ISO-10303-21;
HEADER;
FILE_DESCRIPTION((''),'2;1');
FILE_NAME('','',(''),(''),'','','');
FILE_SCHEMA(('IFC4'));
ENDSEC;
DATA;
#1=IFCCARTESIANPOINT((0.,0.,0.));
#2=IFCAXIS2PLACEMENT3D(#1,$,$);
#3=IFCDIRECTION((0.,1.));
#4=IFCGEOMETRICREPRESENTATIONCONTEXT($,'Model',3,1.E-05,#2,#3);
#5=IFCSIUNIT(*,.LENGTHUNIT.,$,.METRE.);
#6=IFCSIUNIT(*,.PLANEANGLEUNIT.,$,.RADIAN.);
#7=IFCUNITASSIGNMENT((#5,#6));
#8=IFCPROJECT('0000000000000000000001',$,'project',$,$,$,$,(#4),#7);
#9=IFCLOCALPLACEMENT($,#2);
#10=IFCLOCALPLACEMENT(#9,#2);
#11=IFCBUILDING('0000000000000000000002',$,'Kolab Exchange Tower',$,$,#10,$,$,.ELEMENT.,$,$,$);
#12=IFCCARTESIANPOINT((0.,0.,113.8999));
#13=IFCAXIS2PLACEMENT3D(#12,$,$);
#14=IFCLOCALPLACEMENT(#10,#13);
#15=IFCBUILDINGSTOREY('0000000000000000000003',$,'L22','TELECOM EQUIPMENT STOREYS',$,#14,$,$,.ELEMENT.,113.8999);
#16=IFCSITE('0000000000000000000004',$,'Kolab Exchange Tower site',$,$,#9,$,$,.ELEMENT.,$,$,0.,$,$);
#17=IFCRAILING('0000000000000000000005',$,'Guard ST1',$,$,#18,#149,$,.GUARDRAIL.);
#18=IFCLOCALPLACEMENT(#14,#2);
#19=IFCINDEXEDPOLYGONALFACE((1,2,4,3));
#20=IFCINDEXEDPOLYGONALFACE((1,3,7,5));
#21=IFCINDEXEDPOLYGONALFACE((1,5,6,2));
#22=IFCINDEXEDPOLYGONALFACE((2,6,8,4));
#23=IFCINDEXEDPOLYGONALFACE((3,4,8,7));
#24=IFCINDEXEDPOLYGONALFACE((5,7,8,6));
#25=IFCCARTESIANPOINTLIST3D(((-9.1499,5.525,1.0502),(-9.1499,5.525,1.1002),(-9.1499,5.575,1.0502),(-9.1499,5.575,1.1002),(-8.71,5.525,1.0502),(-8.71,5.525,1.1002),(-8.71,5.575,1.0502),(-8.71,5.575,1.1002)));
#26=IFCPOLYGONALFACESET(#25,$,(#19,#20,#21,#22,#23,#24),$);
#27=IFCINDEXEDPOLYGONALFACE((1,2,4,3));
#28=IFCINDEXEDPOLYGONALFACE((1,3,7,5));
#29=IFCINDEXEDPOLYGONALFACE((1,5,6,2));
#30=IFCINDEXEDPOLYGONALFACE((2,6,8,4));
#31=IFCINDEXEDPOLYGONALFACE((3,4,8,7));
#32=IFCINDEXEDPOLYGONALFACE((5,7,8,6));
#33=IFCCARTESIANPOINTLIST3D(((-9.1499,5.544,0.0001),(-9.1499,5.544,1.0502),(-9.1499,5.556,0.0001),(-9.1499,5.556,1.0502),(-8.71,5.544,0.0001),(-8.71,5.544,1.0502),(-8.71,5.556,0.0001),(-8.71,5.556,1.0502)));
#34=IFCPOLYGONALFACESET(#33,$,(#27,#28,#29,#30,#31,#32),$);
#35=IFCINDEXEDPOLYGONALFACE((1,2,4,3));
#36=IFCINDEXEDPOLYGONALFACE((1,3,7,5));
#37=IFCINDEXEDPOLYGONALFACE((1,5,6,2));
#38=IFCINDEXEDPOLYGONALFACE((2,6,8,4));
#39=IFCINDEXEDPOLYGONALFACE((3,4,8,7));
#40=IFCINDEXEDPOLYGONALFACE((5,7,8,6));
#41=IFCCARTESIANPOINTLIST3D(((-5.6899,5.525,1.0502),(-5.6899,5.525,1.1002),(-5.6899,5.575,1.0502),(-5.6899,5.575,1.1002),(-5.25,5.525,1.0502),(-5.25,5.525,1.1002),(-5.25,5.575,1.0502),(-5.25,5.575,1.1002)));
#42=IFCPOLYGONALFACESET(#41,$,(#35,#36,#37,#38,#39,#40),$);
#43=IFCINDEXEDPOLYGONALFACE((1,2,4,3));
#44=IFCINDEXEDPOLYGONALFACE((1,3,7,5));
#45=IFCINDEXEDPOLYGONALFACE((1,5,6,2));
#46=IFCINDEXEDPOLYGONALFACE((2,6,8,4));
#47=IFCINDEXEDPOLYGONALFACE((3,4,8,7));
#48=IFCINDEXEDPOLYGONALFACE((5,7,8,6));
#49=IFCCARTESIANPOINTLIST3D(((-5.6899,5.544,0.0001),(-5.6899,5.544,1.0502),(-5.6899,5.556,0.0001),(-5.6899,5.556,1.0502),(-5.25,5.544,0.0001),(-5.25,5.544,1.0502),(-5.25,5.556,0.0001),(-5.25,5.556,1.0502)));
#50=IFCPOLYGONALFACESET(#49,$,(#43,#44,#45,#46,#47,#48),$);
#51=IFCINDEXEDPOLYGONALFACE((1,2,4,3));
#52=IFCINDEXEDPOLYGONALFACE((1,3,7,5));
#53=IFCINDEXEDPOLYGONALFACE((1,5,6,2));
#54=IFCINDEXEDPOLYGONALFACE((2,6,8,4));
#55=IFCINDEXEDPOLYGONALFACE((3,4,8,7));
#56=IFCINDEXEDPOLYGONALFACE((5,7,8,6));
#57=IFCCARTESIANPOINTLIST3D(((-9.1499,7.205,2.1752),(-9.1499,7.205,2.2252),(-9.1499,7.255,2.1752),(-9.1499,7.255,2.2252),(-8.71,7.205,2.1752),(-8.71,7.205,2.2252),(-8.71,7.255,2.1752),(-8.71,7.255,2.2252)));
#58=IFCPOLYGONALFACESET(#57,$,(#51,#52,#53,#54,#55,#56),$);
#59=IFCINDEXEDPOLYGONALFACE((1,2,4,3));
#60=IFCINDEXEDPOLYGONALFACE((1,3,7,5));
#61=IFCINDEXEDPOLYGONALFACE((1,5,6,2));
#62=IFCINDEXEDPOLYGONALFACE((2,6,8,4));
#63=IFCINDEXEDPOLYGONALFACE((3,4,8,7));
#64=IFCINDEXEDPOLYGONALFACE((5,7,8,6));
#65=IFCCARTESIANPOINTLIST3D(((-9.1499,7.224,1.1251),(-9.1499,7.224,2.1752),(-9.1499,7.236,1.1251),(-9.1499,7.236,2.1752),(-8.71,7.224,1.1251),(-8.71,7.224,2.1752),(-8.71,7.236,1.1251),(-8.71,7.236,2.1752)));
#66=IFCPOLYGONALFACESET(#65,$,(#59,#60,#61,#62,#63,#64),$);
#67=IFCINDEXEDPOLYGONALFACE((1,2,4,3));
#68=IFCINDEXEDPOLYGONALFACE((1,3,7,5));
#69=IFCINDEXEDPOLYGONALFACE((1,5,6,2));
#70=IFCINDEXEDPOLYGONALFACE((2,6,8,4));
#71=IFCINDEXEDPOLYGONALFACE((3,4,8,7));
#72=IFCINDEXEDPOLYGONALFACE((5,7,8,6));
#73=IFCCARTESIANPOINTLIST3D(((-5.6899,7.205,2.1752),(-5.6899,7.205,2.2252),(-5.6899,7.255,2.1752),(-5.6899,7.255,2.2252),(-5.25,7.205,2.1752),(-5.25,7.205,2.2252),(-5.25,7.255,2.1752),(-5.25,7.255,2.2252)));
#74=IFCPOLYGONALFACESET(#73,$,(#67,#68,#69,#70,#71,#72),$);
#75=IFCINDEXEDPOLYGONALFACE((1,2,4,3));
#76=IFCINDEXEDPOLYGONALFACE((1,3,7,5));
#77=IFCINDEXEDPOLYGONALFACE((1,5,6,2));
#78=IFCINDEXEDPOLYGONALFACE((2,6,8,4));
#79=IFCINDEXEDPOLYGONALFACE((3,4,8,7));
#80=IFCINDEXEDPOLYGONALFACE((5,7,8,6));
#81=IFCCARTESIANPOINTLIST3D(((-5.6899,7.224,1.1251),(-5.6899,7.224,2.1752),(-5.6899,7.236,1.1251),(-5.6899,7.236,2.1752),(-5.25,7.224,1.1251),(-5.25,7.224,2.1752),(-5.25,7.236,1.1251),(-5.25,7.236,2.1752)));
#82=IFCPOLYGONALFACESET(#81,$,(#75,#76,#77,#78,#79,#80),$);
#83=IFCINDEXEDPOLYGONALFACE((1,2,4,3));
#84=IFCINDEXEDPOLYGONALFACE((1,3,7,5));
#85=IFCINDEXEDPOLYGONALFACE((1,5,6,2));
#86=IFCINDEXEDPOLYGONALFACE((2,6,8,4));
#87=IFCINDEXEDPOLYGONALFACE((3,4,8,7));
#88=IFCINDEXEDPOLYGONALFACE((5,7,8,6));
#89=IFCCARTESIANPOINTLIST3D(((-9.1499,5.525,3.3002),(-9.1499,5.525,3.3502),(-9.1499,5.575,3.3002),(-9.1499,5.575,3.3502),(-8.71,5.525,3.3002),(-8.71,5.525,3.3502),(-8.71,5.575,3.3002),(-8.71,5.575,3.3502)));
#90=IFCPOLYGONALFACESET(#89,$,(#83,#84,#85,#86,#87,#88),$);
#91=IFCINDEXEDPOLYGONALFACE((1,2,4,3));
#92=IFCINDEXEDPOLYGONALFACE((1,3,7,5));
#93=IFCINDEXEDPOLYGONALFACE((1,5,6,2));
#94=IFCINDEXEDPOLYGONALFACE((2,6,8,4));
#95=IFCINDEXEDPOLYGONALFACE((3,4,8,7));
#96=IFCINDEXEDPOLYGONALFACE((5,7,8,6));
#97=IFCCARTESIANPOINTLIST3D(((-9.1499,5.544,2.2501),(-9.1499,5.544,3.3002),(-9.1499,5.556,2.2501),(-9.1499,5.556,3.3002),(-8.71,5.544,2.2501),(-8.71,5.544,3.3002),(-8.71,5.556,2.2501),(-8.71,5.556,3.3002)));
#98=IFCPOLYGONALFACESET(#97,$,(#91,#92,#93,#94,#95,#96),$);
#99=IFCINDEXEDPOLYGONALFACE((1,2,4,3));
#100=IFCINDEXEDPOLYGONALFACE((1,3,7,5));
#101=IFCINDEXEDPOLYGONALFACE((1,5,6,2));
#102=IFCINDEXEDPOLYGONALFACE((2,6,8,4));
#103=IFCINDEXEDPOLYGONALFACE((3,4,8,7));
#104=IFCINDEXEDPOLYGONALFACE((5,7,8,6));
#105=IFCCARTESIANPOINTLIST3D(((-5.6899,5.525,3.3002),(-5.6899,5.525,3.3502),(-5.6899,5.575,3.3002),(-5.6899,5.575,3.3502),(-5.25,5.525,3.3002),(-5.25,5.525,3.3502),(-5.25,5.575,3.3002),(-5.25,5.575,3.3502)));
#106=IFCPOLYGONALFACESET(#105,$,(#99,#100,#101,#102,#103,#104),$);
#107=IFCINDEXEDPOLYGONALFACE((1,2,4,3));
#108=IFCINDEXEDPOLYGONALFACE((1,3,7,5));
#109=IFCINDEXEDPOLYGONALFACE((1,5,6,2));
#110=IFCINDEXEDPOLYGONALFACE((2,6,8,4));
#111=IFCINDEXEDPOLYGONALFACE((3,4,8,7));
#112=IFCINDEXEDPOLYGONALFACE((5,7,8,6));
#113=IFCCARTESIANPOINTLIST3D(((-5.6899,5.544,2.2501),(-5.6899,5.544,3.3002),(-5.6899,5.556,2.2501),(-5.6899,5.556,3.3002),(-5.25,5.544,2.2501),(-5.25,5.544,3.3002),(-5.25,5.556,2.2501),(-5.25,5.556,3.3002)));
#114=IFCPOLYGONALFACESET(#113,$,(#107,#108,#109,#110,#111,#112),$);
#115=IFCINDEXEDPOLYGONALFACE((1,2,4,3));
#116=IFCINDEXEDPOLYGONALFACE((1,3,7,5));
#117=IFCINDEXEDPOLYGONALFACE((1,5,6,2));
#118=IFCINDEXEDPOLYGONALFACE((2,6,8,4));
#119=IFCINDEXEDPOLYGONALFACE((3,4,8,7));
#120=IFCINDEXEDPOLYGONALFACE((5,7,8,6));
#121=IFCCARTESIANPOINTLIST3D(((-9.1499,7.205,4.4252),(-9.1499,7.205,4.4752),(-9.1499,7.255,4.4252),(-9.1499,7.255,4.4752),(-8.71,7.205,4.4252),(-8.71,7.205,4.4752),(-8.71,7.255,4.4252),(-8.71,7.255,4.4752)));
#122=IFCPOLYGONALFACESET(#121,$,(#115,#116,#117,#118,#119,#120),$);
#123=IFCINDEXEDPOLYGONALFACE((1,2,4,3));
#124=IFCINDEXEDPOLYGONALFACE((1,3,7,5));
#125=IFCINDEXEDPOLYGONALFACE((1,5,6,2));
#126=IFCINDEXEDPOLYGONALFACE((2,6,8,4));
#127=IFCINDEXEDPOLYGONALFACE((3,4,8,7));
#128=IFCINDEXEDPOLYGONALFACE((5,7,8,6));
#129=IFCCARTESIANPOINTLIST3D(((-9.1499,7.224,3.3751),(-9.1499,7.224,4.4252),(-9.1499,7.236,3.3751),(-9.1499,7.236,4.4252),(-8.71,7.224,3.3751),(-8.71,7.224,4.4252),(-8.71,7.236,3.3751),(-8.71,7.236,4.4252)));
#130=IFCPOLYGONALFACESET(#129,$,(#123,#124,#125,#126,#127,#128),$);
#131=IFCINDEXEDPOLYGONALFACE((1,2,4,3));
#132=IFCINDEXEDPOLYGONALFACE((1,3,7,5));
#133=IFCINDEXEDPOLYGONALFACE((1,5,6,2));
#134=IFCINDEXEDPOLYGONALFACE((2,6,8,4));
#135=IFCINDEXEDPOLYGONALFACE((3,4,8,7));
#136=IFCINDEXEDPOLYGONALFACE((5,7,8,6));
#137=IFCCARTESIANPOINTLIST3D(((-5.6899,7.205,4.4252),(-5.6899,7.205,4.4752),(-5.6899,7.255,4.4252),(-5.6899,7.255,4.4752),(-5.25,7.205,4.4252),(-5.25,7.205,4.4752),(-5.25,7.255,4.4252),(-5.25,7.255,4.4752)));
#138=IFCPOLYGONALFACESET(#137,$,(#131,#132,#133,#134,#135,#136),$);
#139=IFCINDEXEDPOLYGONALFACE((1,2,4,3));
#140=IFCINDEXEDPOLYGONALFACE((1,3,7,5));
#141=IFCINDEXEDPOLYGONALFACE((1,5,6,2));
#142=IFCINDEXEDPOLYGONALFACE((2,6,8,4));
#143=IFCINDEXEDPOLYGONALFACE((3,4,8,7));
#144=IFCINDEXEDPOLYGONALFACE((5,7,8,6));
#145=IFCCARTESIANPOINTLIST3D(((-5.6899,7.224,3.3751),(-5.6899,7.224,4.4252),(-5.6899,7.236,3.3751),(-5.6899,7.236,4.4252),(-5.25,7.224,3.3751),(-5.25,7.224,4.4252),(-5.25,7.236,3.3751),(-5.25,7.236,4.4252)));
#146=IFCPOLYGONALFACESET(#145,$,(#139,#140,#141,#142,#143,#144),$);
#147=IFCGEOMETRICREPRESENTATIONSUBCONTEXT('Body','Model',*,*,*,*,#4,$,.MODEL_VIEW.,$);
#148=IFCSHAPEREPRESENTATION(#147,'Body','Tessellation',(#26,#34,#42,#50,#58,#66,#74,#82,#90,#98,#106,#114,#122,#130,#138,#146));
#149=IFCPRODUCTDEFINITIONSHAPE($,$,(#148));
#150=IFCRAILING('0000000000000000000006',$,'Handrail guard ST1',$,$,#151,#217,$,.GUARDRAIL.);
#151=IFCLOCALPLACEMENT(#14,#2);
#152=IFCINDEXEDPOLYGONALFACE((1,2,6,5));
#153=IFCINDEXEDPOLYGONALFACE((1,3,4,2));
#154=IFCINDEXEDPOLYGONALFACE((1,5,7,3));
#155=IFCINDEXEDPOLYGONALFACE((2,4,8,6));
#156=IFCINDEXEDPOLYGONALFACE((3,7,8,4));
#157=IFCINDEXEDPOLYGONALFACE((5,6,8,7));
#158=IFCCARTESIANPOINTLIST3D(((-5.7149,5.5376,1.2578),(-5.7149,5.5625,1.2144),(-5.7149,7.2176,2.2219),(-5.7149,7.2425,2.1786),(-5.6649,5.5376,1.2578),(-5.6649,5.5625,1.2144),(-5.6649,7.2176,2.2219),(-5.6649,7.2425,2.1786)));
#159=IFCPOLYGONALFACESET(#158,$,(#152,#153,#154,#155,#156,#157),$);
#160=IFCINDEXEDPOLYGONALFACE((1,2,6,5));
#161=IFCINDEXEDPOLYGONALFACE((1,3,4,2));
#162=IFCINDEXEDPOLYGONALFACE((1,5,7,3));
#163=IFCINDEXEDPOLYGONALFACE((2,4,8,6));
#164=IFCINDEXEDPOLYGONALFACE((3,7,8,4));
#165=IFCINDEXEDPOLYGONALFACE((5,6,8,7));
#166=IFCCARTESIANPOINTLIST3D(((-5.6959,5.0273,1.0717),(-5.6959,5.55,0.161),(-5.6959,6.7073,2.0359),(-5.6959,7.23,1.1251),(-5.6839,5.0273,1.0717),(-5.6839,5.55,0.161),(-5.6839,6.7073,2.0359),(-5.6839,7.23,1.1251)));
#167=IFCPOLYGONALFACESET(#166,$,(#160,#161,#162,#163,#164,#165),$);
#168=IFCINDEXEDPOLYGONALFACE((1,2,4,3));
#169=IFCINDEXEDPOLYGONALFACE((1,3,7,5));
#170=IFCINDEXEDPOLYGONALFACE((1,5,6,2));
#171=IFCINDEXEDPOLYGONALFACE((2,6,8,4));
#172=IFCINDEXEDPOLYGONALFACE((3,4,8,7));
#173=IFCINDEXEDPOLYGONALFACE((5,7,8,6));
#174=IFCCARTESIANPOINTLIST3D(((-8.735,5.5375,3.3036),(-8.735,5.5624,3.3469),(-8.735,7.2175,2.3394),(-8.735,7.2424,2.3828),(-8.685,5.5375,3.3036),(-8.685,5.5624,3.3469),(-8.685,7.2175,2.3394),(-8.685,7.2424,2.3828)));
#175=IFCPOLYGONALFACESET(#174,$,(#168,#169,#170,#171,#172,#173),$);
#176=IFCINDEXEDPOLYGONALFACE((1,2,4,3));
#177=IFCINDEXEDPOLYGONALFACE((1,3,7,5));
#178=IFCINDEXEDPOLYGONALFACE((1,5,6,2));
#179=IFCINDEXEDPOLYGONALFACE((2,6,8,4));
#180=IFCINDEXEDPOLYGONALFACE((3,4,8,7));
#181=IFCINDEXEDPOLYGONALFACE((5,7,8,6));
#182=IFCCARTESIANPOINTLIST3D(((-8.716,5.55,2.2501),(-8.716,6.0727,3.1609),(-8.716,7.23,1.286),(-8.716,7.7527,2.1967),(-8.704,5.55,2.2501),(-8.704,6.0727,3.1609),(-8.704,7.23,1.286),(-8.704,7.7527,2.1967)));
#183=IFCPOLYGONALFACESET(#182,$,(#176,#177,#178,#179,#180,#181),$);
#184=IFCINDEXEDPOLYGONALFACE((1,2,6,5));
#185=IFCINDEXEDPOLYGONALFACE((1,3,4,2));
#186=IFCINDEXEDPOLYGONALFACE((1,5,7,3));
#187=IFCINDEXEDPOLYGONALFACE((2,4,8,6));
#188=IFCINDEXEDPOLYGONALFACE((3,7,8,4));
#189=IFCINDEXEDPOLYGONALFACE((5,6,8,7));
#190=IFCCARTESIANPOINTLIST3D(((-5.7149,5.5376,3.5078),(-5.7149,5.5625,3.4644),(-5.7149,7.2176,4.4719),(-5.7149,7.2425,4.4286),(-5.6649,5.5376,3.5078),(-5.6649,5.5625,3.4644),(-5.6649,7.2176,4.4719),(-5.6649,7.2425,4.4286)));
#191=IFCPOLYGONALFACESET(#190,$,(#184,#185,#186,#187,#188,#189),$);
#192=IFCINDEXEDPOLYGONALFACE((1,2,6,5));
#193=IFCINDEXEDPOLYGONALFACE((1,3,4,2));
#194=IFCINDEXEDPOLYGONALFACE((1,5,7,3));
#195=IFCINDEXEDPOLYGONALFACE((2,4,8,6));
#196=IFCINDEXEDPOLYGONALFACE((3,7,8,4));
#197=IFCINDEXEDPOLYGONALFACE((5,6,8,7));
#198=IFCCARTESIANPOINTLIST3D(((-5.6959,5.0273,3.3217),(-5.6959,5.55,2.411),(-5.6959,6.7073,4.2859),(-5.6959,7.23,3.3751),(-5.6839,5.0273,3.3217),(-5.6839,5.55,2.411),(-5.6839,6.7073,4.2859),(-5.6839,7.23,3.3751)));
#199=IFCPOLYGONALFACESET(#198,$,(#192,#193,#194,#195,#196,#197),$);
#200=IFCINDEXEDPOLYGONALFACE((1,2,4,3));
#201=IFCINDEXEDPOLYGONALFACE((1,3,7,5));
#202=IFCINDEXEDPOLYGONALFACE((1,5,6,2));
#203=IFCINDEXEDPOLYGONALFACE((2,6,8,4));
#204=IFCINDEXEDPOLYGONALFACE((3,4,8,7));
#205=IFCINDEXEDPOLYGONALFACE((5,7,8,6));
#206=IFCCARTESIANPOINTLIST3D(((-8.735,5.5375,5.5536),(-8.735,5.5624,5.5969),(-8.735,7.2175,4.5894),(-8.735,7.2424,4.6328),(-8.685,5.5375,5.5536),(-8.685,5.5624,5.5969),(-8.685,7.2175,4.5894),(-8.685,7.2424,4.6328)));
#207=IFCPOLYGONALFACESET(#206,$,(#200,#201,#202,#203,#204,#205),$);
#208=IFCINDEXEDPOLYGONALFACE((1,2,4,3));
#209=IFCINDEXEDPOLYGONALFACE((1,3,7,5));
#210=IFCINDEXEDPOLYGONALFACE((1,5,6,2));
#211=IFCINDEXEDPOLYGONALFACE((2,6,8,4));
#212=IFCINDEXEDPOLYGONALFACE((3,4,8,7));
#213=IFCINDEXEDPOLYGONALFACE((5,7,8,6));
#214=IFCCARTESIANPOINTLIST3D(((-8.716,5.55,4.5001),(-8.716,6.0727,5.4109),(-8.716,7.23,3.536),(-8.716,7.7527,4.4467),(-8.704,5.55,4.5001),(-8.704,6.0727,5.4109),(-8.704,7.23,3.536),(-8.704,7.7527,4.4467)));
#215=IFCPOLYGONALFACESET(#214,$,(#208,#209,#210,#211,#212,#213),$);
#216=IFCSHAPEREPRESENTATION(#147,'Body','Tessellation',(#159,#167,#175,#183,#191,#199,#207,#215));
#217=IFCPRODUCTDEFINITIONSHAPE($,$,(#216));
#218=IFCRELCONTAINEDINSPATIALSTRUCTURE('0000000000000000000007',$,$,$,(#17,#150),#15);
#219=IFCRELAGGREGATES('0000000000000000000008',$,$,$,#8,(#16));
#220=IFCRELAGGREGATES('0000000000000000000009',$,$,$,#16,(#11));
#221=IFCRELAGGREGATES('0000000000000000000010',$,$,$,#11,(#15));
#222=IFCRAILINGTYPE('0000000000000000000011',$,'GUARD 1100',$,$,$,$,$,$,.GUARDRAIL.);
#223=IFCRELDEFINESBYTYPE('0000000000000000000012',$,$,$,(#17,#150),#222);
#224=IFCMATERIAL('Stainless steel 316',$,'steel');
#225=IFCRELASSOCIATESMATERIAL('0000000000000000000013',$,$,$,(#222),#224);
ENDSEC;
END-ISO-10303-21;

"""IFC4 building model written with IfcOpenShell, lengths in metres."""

from ifc_helpers import new_model, si_unit, direction, frame, frame_2d, origin, origin_2d, place, context, subcontext, project, spatial, rectangle, extrude, material, type_object, element, save


model = new_model("IFC4")

# Units and contexts
model_context = context("Model", 3, precision=1e-05, world=origin(), true_north=direction((0.0, 1.0)))
body_context = subcontext(model_context, "Body", "Model", "MODEL_VIEW")
ifc_project = project(units=[si_unit("LENGTHUNIT", "METRE"), si_unit("PLANEANGLEUNIT", "RADIAN")], contexts=[model_context])

# Site, building, storey
site_placement = place(None, origin())
site = spatial("IfcSite", under=ifc_project, at=site_placement, Name="Kolab Exchange Tower site", CompositionType="ELEMENT", RefElevation=0.0)
building_placement = place(site_placement, origin())
building = spatial("IfcBuilding", under=site, at=building_placement, Name="Kolab Exchange Tower", CompositionType="ELEMENT")
storey_placement = place(building_placement, frame((0.0, 0.0, 113.8999)))
storey = spatial("IfcBuildingStorey", under=building, at=storey_placement, Name="L22", Description="TELECOM EQUIPMENT STOREYS", CompositionType="ELEMENT", Elevation=113.8999)

# Railings
ifc_material_1 = material(Name="Stainless steel 316", Category="steel")
railing_type = type_object("IfcRailingType", Name="GUARD 1100", PredefinedType="GUARDRAIL", material=ifc_material_1)
railing_1_placement = place(storey_placement, frame((-9.1499, 5.55, 0.0)))
element("IfcRailing", 1, at=railing_1_placement, inside=storey, type_object=railing_type, Name="Guard ST1", PredefinedType="GUARDRAIL", context=body_context, shape_type="SweptSolid", body=[
    extrude(rectangle(XDim=0.05, YDim=0.05, at=origin_2d()), frame((0.0, 0.0, 1.0752), z_axis=(1.0, 0.0, 0.0), x_axis=(0.0, 1.0, 0.0)), (0.0, 0.0, 1.0), 0.4399),
    extrude(rectangle(XDim=0.012, YDim=1.0501, at=frame_2d((0.0, 0.5251))), frame((0.0, 0.0, 0.0), z_axis=(1.0, 0.0, 0.0), x_axis=(0.0, 1.0, 0.0)), (0.0, 0.0, 1.0), 0.4399),
    extrude(rectangle(XDim=0.05, YDim=0.05, at=origin_2d()), frame((3.46, 0.0, 1.0752), z_axis=(1.0, 0.0, 0.0), x_axis=(0.0, 1.0, 0.0)), (0.0, 0.0, 1.0), 0.4399),
    extrude(rectangle(XDim=0.012, YDim=1.0501, at=frame_2d((0.0, 0.5251))), frame((3.46, 0.0, 0.0), z_axis=(1.0, 0.0, 0.0), x_axis=(0.0, 1.0, 0.0)), (0.0, 0.0, 1.0), 0.4399),
    extrude(rectangle(XDim=0.05, YDim=0.05, at=origin_2d()), frame((0.0, 1.6799, 2.2002), z_axis=(1.0, 0.0, 0.0), x_axis=(0.0, 1.0, 0.0)), (0.0, 0.0, 1.0), 0.4399),
    extrude(rectangle(XDim=0.012, YDim=1.0501, at=frame_2d((0.0, 0.5251))), frame((0.0, 1.6799, 1.125), z_axis=(1.0, 0.0, 0.0), x_axis=(0.0, 1.0, 0.0)), (0.0, 0.0, 1.0), 0.4399),
    extrude(rectangle(XDim=0.05, YDim=0.05, at=origin_2d()), frame((3.46, 1.6799, 2.2002), z_axis=(1.0, 0.0, 0.0), x_axis=(0.0, 1.0, 0.0)), (0.0, 0.0, 1.0), 0.4399),
    extrude(rectangle(XDim=0.012, YDim=1.0501, at=frame_2d((0.0, 0.5251))), frame((3.46, 1.6799, 1.125), z_axis=(1.0, 0.0, 0.0), x_axis=(0.0, 1.0, 0.0)), (0.0, 0.0, 1.0), 0.4399),
    extrude(rectangle(XDim=0.05, YDim=0.05, at=origin_2d()), frame((0.0, 0.0, 3.3252), z_axis=(1.0, 0.0, 0.0), x_axis=(0.0, 1.0, 0.0)), (0.0, 0.0, 1.0), 0.4399),
    extrude(rectangle(XDim=0.012, YDim=1.0501, at=frame_2d((0.0, 0.5251))), frame((0.0, 0.0, 2.25), z_axis=(1.0, 0.0, 0.0), x_axis=(0.0, 1.0, 0.0)), (0.0, 0.0, 1.0), 0.4399),
    extrude(rectangle(XDim=0.05, YDim=0.05, at=origin_2d()), frame((3.46, 0.0, 3.3252), z_axis=(1.0, 0.0, 0.0), x_axis=(0.0, 1.0, 0.0)), (0.0, 0.0, 1.0), 0.4399),
    extrude(rectangle(XDim=0.012, YDim=1.0501, at=frame_2d((0.0, 0.5251))), frame((3.46, 0.0, 2.25), z_axis=(1.0, 0.0, 0.0), x_axis=(0.0, 1.0, 0.0)), (0.0, 0.0, 1.0), 0.4399),
    extrude(rectangle(XDim=0.05, YDim=0.05, at=origin_2d()), frame((0.0, 1.6799, 4.4502), z_axis=(1.0, 0.0, 0.0), x_axis=(0.0, 1.0, 0.0)), (0.0, 0.0, 1.0), 0.4399),
    extrude(rectangle(XDim=0.012, YDim=1.0501, at=frame_2d((0.0, 0.5251))), frame((0.0, 1.6799, 3.375), z_axis=(1.0, 0.0, 0.0), x_axis=(0.0, 1.0, 0.0)), (0.0, 0.0, 1.0), 0.4399),
    extrude(rectangle(XDim=0.05, YDim=0.05, at=origin_2d()), frame((3.46, 1.6799, 4.4502), z_axis=(1.0, 0.0, 0.0), x_axis=(0.0, 1.0, 0.0)), (0.0, 0.0, 1.0), 0.4399),
    extrude(rectangle(XDim=0.012, YDim=1.0501, at=frame_2d((0.0, 0.5251))), frame((3.46, 1.6799, 3.375), z_axis=(1.0, 0.0, 0.0), x_axis=(0.0, 1.0, 0.0)), (0.0, 0.0, 1.0), 0.4399),
])
railing_2_placement = place(storey_placement, frame((-5.6899, 5.55, 0.1609)))
element("IfcRailing", 2, at=railing_2_placement, inside=storey, type_object=railing_type, Name="Handrail guard ST1", PredefinedType="GUARDRAIL", context=body_context, shape_type="SweptSolid", body=[
    extrude(rectangle(XDim=0.05, YDim=0.05, at=origin_2d()), frame((0.0, 0.0, 1.0752), z_axis=(0.0, 0.867319, 0.497753), x_axis=(-1.0, 0.0, 0.0)), (0.0, 0.0, 1.0), 1.937),
    extrude(rectangle(XDim=0.012, YDim=1.0501, at=frame_2d((0.0, 0.5251))), frame((0.0, 0.0, 0.0), z_axis=(0.0, 0.867319, 0.497753), x_axis=(-1.0, 0.0, 0.0)), (0.0, 0.0, 1.0), 1.937),
    extrude(rectangle(XDim=0.05, YDim=0.05, at=origin_2d()), frame((-3.02, 1.6799, 2.2002), z_axis=(0.0, -0.867319, 0.497753), x_axis=(1.0, 0.0, 0.0)), (0.0, 0.0, 1.0), 1.937),
    extrude(rectangle(XDim=0.012, YDim=1.0501, at=frame_2d((0.0, 0.5251))), frame((-3.02, 1.6799, 1.125), z_axis=(0.0, -0.867319, 0.497753), x_axis=(1.0, 0.0, 0.0)), (0.0, 0.0, 1.0), 1.937),
    extrude(rectangle(XDim=0.05, YDim=0.05, at=origin_2d()), frame((0.0, 0.0, 3.3252), z_axis=(0.0, 0.867319, 0.497753), x_axis=(-1.0, 0.0, 0.0)), (0.0, 0.0, 1.0), 1.937),
    extrude(rectangle(XDim=0.012, YDim=1.0501, at=frame_2d((0.0, 0.5251))), frame((0.0, 0.0, 2.25), z_axis=(0.0, 0.867319, 0.497753), x_axis=(-1.0, 0.0, 0.0)), (0.0, 0.0, 1.0), 1.937),
    extrude(rectangle(XDim=0.05, YDim=0.05, at=origin_2d()), frame((-3.02, 1.6799, 4.4502), z_axis=(0.0, -0.867319, 0.497753), x_axis=(1.0, 0.0, 0.0)), (0.0, 0.0, 1.0), 1.937),
    extrude(rectangle(XDim=0.012, YDim=1.0501, at=frame_2d((0.0, 0.5251))), frame((-3.02, 1.6799, 3.375), z_axis=(0.0, -0.867319, 0.497753), x_axis=(1.0, 0.0, 0.0)), (0.0, 0.0, 1.0), 1.937),
])

save(model, "model.ifc")
